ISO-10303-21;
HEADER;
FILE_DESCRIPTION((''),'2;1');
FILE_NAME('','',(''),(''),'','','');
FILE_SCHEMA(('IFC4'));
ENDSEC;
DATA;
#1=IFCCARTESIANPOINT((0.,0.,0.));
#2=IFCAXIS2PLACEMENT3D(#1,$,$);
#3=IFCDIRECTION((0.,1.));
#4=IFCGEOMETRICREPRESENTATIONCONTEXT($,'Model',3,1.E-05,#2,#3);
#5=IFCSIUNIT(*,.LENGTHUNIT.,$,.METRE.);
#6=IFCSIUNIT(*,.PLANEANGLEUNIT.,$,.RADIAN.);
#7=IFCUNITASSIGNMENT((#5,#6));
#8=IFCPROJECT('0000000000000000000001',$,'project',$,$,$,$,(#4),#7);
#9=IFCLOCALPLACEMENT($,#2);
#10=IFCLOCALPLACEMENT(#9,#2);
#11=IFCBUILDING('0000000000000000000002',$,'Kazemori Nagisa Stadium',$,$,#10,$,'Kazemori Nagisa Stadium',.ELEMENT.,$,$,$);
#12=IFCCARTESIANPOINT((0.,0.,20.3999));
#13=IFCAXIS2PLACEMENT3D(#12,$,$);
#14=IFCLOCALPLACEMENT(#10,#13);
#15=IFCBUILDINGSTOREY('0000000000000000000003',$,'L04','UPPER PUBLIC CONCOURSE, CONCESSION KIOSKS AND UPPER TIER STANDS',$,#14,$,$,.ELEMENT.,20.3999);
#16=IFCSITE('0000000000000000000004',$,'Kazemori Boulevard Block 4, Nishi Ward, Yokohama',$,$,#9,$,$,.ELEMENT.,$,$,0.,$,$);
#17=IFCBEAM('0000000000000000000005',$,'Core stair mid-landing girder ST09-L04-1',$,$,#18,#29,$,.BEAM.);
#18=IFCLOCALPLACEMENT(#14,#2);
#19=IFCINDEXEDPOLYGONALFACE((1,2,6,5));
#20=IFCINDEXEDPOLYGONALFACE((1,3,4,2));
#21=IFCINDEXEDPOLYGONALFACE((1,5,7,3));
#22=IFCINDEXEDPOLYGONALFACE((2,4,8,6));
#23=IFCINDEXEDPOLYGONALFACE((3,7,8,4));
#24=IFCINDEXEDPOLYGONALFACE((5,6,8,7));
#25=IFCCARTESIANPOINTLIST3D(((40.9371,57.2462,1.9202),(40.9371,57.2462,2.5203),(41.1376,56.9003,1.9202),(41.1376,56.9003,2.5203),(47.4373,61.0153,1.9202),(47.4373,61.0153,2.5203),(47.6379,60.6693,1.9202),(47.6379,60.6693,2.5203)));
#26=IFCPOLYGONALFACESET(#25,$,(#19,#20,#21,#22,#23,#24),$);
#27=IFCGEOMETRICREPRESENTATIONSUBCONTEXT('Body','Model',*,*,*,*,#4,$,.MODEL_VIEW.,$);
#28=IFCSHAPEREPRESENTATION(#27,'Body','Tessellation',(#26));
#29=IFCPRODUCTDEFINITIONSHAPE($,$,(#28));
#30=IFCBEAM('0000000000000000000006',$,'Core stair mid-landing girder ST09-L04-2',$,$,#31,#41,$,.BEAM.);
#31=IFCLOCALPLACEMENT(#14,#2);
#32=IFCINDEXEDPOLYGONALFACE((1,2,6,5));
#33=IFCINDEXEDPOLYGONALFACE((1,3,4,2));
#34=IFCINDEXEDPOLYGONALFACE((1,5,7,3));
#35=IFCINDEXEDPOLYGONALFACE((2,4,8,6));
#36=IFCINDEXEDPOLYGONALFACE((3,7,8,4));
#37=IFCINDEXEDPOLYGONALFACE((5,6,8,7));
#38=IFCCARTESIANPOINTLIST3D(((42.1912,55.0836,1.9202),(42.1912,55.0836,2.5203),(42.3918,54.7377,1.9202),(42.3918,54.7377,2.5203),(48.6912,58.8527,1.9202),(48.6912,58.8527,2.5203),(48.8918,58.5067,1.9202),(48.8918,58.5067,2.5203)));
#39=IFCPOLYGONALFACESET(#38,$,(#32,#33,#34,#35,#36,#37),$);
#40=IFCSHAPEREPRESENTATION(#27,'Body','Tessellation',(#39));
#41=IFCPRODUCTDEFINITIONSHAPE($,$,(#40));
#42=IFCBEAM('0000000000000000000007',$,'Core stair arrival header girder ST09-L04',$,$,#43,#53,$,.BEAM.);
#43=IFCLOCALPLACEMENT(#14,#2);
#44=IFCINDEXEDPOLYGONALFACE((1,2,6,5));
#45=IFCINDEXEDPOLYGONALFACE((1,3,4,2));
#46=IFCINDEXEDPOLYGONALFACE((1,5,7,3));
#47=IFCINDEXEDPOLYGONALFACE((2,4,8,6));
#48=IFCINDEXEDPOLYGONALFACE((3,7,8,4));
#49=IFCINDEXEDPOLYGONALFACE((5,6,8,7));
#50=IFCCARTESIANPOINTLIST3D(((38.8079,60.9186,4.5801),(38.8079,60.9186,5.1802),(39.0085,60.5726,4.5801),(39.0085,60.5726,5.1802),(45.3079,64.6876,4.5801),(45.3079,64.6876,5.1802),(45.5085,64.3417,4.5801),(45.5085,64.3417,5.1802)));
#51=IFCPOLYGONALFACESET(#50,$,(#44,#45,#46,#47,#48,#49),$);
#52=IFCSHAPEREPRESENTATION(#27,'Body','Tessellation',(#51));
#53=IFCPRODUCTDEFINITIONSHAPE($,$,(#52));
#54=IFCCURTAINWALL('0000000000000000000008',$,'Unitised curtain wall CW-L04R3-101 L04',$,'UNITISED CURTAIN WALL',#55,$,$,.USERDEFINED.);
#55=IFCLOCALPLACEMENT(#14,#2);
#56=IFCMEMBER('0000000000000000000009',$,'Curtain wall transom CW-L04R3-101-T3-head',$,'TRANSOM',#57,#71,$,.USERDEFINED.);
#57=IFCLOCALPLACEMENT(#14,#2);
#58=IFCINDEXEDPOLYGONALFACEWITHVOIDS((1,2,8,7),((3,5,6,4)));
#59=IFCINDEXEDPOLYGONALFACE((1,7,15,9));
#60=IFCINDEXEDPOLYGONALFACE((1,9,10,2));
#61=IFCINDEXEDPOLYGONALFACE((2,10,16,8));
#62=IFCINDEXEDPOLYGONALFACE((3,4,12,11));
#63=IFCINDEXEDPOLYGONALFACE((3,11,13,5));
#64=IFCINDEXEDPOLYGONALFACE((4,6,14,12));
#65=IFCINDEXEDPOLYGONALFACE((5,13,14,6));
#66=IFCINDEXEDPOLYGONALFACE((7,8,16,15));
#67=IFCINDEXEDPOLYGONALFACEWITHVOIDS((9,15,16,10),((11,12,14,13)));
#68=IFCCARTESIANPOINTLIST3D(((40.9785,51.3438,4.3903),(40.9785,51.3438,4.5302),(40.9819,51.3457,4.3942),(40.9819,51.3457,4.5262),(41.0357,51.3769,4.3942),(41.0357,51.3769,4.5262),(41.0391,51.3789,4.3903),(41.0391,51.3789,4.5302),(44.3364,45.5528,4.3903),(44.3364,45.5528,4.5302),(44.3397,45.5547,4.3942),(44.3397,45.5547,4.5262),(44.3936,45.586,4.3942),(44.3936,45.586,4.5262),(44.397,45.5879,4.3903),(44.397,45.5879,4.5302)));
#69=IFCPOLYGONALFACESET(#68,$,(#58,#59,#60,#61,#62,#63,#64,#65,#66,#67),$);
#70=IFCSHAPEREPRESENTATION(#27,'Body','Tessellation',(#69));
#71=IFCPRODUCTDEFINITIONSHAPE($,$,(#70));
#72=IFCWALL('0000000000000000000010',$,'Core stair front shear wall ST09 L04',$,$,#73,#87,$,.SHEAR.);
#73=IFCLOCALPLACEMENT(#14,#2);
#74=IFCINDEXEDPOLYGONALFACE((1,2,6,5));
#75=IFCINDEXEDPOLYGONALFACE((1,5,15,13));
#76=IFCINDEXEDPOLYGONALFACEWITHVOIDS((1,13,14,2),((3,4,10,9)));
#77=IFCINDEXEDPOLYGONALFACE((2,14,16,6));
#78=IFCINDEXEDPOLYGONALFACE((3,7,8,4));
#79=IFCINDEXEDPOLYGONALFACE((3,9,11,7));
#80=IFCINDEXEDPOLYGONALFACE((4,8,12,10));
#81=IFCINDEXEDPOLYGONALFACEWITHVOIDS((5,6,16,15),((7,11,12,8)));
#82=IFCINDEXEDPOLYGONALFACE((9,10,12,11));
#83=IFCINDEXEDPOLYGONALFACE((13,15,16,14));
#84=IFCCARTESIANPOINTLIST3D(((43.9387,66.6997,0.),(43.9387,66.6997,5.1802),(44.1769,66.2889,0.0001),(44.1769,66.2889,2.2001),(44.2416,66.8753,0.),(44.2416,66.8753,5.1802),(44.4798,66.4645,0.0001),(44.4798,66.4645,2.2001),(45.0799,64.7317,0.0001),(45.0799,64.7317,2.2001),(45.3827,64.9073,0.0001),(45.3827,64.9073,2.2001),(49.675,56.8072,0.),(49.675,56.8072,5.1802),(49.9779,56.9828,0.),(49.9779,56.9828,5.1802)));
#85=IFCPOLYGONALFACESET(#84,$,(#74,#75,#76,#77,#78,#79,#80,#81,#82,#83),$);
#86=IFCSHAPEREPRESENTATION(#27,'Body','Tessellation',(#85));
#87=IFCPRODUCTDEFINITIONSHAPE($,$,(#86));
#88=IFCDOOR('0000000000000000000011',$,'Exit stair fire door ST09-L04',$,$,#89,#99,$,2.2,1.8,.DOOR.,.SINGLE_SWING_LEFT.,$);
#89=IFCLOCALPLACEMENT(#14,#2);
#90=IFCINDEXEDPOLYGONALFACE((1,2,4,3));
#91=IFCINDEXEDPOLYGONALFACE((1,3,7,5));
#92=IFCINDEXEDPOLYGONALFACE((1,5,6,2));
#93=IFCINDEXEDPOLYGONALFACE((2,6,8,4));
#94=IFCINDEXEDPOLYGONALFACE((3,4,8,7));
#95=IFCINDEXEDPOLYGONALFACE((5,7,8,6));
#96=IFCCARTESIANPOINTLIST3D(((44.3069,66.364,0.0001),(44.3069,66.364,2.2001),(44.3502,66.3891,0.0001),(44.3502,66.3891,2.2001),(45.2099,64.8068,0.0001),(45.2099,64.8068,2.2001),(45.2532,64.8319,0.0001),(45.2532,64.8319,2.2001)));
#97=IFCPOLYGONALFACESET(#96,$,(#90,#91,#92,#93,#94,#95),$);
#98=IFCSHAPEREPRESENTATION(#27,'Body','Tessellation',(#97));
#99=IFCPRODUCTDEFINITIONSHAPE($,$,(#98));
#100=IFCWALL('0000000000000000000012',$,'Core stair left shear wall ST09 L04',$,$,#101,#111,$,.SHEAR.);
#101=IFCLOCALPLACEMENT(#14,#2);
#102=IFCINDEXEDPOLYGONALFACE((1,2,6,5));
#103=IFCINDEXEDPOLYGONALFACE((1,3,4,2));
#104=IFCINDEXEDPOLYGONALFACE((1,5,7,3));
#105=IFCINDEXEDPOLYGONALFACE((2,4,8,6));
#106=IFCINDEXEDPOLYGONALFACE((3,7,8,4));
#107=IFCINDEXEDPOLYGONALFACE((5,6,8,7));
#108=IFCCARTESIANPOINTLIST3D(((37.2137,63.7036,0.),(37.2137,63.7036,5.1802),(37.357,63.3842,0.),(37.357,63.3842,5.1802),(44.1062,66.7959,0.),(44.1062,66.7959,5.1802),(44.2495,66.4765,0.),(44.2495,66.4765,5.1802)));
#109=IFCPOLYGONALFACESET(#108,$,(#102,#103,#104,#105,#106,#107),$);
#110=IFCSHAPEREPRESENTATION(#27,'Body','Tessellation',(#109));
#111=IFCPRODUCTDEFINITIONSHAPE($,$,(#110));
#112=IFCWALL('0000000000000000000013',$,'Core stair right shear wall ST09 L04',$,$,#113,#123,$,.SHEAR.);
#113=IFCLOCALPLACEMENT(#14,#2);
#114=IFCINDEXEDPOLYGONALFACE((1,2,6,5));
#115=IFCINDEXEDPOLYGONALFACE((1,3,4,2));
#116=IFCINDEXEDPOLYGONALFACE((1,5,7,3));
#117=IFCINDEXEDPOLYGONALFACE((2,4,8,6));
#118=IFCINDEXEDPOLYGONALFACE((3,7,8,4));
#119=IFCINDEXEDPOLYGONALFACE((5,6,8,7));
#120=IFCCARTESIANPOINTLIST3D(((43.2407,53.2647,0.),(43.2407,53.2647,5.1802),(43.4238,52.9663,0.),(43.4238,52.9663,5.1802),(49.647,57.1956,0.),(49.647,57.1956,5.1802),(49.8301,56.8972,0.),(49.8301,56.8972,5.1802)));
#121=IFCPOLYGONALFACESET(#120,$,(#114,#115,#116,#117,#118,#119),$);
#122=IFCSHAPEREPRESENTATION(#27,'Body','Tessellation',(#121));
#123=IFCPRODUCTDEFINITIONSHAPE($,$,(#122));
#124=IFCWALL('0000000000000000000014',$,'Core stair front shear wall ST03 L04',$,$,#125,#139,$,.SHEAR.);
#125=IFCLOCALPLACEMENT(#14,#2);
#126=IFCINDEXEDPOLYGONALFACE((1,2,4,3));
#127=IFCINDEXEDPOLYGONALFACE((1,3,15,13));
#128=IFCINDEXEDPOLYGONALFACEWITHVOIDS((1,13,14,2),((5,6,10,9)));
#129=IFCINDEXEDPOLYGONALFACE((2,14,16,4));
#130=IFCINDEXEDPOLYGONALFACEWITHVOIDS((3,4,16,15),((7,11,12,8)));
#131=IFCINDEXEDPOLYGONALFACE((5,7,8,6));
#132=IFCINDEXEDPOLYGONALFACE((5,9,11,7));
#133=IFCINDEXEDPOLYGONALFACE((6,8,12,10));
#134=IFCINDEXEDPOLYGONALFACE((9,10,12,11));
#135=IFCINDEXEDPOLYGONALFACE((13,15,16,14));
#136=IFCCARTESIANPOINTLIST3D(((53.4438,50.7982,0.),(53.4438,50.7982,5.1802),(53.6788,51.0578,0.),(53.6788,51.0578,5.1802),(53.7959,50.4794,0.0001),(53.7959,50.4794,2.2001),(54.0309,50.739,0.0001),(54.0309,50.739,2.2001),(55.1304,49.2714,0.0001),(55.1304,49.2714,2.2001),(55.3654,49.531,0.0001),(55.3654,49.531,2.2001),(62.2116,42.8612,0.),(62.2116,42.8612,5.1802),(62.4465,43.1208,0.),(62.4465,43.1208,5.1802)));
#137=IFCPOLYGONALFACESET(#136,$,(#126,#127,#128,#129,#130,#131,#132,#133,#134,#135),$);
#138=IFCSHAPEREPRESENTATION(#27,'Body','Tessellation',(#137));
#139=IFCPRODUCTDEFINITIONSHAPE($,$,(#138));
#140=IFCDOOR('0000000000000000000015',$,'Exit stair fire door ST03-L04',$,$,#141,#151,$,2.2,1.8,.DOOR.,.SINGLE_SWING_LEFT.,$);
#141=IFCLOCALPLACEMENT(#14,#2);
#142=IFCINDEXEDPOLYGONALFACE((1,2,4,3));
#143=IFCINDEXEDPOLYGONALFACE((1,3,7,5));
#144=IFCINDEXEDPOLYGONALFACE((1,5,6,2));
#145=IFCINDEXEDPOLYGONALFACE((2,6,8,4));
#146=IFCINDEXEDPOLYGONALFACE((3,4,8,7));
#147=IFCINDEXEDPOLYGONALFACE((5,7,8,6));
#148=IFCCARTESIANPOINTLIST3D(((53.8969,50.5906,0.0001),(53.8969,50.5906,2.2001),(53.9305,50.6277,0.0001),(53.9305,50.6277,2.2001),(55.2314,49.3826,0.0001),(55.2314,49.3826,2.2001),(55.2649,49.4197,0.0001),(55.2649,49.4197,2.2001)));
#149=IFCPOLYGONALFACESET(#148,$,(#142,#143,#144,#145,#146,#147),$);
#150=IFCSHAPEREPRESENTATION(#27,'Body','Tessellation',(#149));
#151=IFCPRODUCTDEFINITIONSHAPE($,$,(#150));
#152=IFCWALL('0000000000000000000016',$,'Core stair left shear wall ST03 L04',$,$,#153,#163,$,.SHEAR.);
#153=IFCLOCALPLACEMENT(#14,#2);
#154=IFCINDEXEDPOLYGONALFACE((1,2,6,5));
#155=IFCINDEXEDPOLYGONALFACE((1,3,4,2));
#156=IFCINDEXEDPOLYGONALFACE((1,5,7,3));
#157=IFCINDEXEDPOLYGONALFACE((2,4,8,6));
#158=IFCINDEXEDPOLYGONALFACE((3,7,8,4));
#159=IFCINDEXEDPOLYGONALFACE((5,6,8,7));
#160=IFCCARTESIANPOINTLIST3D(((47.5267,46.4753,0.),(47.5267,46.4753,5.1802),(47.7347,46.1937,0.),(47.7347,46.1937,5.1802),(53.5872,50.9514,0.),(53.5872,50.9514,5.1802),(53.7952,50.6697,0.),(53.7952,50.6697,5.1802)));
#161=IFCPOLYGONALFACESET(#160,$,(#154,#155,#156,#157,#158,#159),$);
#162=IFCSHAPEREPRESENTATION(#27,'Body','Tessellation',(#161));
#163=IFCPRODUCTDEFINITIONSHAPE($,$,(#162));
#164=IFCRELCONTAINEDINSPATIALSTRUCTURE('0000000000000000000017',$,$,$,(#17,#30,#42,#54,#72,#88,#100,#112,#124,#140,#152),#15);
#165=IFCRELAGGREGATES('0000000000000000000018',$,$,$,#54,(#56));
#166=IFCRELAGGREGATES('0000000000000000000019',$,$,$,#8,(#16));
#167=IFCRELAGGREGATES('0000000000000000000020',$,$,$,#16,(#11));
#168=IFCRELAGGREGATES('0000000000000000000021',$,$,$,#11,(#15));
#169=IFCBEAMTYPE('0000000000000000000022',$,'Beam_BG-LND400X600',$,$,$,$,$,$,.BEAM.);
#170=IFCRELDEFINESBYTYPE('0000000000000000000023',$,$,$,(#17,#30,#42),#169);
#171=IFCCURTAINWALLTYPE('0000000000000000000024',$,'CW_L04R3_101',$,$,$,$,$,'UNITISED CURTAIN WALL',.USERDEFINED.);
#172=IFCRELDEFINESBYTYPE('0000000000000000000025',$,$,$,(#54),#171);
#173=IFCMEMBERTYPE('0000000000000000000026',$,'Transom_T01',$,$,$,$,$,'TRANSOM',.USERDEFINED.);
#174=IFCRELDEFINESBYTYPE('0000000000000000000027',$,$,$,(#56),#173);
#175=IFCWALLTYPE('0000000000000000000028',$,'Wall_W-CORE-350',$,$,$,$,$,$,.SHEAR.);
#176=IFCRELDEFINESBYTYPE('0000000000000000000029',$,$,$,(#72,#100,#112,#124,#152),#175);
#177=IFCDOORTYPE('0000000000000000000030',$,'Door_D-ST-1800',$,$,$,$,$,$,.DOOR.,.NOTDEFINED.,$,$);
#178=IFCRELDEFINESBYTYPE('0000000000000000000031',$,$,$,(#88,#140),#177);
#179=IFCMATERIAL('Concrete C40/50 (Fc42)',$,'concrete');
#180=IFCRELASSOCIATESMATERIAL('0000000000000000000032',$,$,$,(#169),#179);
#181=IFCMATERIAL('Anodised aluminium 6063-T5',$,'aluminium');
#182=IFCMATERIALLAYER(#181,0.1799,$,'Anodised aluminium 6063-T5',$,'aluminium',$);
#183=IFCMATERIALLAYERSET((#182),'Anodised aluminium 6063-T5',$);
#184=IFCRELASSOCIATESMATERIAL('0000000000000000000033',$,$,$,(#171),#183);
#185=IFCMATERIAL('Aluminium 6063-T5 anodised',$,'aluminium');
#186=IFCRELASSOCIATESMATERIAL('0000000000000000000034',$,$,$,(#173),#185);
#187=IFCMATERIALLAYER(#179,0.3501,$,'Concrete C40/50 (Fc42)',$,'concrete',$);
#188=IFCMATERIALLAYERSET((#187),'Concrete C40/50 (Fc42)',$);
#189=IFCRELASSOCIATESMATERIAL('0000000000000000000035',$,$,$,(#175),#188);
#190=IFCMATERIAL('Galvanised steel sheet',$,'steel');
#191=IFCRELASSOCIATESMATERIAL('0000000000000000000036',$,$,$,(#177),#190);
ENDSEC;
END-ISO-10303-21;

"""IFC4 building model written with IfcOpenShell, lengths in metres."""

from ifc_helpers import new_model, si_unit, direction, frame, frame_2d, origin, origin_2d, place, context, subcontext, project, spatial, rectangle, hollow_rectangle, extrude, material, layer, layer_set, material_profile, profile_set, type_object, element, fill, aggregate, save


model = new_model("IFC4")

# Units and contexts
model_context = context("Model", 3, precision=1e-05, world=origin(), true_north=direction((0.0, 1.0)))
body_context = subcontext(model_context, "Body", "Model", "MODEL_VIEW")
ifc_project = project(units=[si_unit("LENGTHUNIT", "METRE"), si_unit("PLANEANGLEUNIT", "RADIAN")], contexts=[model_context])

# Site, building, storey
site_placement = place(None, origin())
site = spatial("IfcSite", under=ifc_project, at=site_placement, Name="Kazemori Boulevard Block 4, Nishi Ward, Yokohama", CompositionType="ELEMENT", RefElevation=0.0)
building_placement = place(site_placement, origin())
building = spatial("IfcBuilding", under=site, at=building_placement, Name="Kazemori Nagisa Stadium", LongName="Kazemori Nagisa Stadium", CompositionType="ELEMENT")
storey_placement = place(building_placement, frame((0.0, 0.0, 20.3999)))
storey = spatial("IfcBuildingStorey", under=building, at=storey_placement, Name="L04", Description="UPPER PUBLIC CONCOURSE, CONCESSION KIOSKS AND UPPER TIER STANDS", CompositionType="ELEMENT", Elevation=20.3999)

# Beams
ifc_material_1 = material(Name="Concrete C40/50 (Fc42)", Category="concrete")
ifc_material_profile_1 = material_profile(ifc_material_1, rectangle(XDim=0.3999, YDim=0.6001, at=origin_2d()), Name="RC-BM-400x600")
ifc_profile_set_1 = profile_set([ifc_material_profile_1], Name="Concrete C40/50 (Fc42)")
beam_type = type_object("IfcBeamType", Name="Beam_BG-LND400X600", PredefinedType="BEAM", material=ifc_profile_set_1)
beam_placement = place(storey_placement, frame((47.5376, 60.8423, 2.2202), z_axis=(-0.865095, -0.501609, 0.0), x_axis=(0.501609, -0.865095, 0.0)))
element("IfcBeam", 1, at=beam_placement, inside=storey, type_object=beam_type, Name="Core stair mid-landing girder ST09-L04-1", PredefinedType="BEAM", context=body_context, shape_type="SweptSolid", body=[
    extrude(rectangle(XDim=0.3999, YDim=0.6001, at=origin_2d()), origin(), (0.0, 0.0, 1.0), 7.5139),
])
for number, where, z_axis, x_axis, name in (
    (2, (48.7915, 58.6797, 2.2202), (-0.865086, -0.501623, 0.0), (0.501623, -0.865086, 0.0), "Core stair mid-landing girder ST09-L04-2"),
    (3, (45.4082, 64.5146, 4.8801), (-0.865086, -0.501623, 0.0), (0.501623, -0.865086, 0.0), "Core stair arrival header girder ST09-L04"),
):
    element("IfcBeam", number, at=place(storey_placement, frame(where, z_axis=z_axis, x_axis=x_axis)), inside=storey, type_object=beam_type, Name=name, PredefinedType="BEAM", context=body_context, shape_type="SweptSolid", body=[
        extrude(rectangle(XDim=0.3999, YDim=0.6001, at=origin_2d()), origin(), (0.0, 0.0, 1.0), 7.5137),
    ])

# Curtain wall, member
ifc_material_2 = material(Name="Anodised aluminium 6063-T5", Category="aluminium")
ifc_layer_1 = layer(ifc_material_2, 0.1799, Name="Anodised aluminium 6063-T5", Category="aluminium")
ifc_layer_set_1 = layer_set([ifc_layer_1], Name="Anodised aluminium 6063-T5")
curtain_wall_type = type_object("IfcCurtainWallType", Name="CW_L04R3_101", ElementType="UNITISED CURTAIN WALL", PredefinedType="USERDEFINED", material=ifc_layer_set_1)
curtain_wall_placement = place(storey_placement, origin())
curtain_wall = element("IfcCurtainWall", 4, at=curtain_wall_placement, inside=storey, type_object=curtain_wall_type, Name="Unitised curtain wall CW-L04R3-101 L04", ObjectType="UNITISED CURTAIN WALL", PredefinedType="USERDEFINED")
ifc_material_3 = material(Name="Aluminium 6063-T5 anodised", Category="aluminium")
ifc_material_profile_2 = material_profile(ifc_material_3, hollow_rectangle(XDim=0.0701, YDim=0.1399, WallThickness=0.0039, at=origin_2d()), Name="ALU-TRAN-70x140x4")
ifc_profile_set_2 = profile_set([ifc_material_profile_2], Name="Aluminium 6063-T5 anodised")
member_type = type_object("IfcMemberType", Name="Transom_T01", ElementType="TRANSOM", PredefinedType="USERDEFINED", material=ifc_profile_set_2)
member_placement = place(storey_placement, frame((41.0088, 51.3613, 4.4602), z_axis=(0.50162, -0.865088, 0.0), x_axis=(0.865088, 0.50162, 0.0)))
member = element("IfcMember", 5, at=member_placement, type_object=member_type, Name="Curtain wall transom CW-L04R3-101-T3-head", ObjectType="TRANSOM", PredefinedType="USERDEFINED", context=body_context, shape_type="SweptSolid", body=[
    extrude(hollow_rectangle(XDim=0.0701, YDim=0.1399, WallThickness=0.0039, at=origin_2d()), origin(), (0.0, 0.0, 1.0), 6.6941),
])
aggregate(curtain_wall, [member])

# Wall, opening, door
ifc_layer_2 = layer(ifc_material_1, 0.3501, Name="Concrete C40/50 (Fc42)", Category="concrete")
ifc_layer_set_2 = layer_set([ifc_layer_2], Name="Concrete C40/50 (Fc42)")
wall_type_1 = type_object("IfcWallType", Name="Wall_W-CORE-350", PredefinedType="SHEAR", material=ifc_layer_set_2)
wall_1_placement = place(storey_placement, frame((44.0901, 66.7876, 0.0), z_axis=(0.0, 0.0, 1.0), x_axis=(0.501629, -0.865083, 0.0)))
wall_1 = element("IfcWall", 6, at=wall_1_placement, inside=storey, type_object=wall_type_1, Name="Core stair front shear wall ST09 L04", PredefinedType="SHEAR", context=body_context, shape_type="SweptSolid", body=[
    extrude(rectangle(XDim=11.4353, YDim=0.3501, at=frame_2d((5.7178, 0.0))), origin(), (0.0, 0.0, 1.0), 5.1802),
])
opening_1_placement = place(wall_1_placement, frame((0.4751, 0.0, 0.0)))
opening_1 = element("IfcOpeningElement", 7, at=opening_1_placement, cuts=wall_1, PredefinedType="OPENING", context=body_context, shape_type="SweptSolid", body=[
    extrude(rectangle(XDim=1.8, YDim=2.2, at=frame_2d((0.8999, 1.1001))), frame((0.0, 0.1851, 0.0), z_axis=(0.0, -1.0, 0.0), x_axis=(1.0, 0.0, 0.0)), (0.0, 0.0, 1.0), 0.3701),
])
ifc_material_4 = material(Name="Galvanised steel sheet", Category="steel")
door_type_1 = type_object("IfcDoorType", Name="Door_D-ST-1800", OperationType="NOTDEFINED", PredefinedType="DOOR", material=ifc_material_4)
door_1_placement = place(opening_1_placement, frame((1.8, 0.0, 0.0), z_axis=(0.0, 0.0, 1.0), x_axis=(-1.0, 0.0, 0.0)))
door_1 = element("IfcDoor", 8, at=door_1_placement, inside=storey, type_object=door_type_1, Name="Exit stair fire door ST09-L04", OperationType="SINGLE_SWING_LEFT", OverallHeight=2.2, OverallWidth=1.8, PredefinedType="DOOR", context=body_context, shape_type="SweptSolid", body=[
    extrude(rectangle(XDim=1.8, YDim=2.2, at=frame_2d((0.8999, 1.1001))), frame((0.0, 0.0249, 0.0), z_axis=(0.0, -1.0, 0.0), x_axis=(1.0, 0.0, 0.0)), (0.0, 0.0, 1.0), 0.05),
])
fill(opening_1, door_1)

# Walls
wall_2_placement = place(storey_placement, frame((44.178, 66.6362, 0.0), z_axis=(0.0, 0.0, 1.0), x_axis=(-0.912385, -0.409332, 0.0)))
element("IfcWall", 9, at=wall_2_placement, inside=storey, type_object=wall_type_1, Name="Core stair left shear wall ST09 L04", PredefinedType="SHEAR", context=body_context, shape_type="SweptSolid", body=[
    extrude(rectangle(XDim=7.5544, YDim=0.3501, at=frame_2d((3.7773, 0.0))), origin(), (0.0, 0.0, 1.0), 5.1802),
])
wall_3_placement = place(storey_placement, frame((49.7385, 57.0464, 0.0), z_axis=(0.0, 0.0, 1.0), x_axis=(-0.852335, -0.522997, 0.0)))
element("IfcWall", 10, at=wall_3_placement, inside=storey, type_object=wall_type_1, Name="Core stair right shear wall ST09 L04", PredefinedType="SHEAR", context=body_context, shape_type="SweptSolid", body=[
    extrude(rectangle(XDim=7.5161, YDim=0.3501, at=frame_2d((3.7581, 0.0))), origin(), (0.0, 0.0, 1.0), 5.1802),
])

# Wall, opening, door
wall_4_placement = place(storey_placement, frame((53.5613, 50.928, 0.0), z_axis=(0.0, 0.0, 1.0), x_axis=(0.741358, -0.67111, 0.0)))
wall_4 = element("IfcWall", 11, at=wall_4_placement, inside=storey, type_object=wall_type_1, Name="Core stair front shear wall ST03 L04", PredefinedType="SHEAR", context=body_context, shape_type="SweptSolid", body=[
    extrude(rectangle(XDim=11.8267, YDim=0.3501, at=frame_2d((5.9133, 0.0))), origin(), (0.0, 0.0, 1.0), 5.1802),
])
opening_2_placement = place(wall_4_placement, frame((0.4751, 0.0, 0.0)))
opening_2 = element("IfcOpeningElement", 12, at=opening_2_placement, cuts=wall_4, PredefinedType="OPENING", context=body_context, shape_type="SweptSolid", body=[
    extrude(rectangle(XDim=1.8, YDim=2.2, at=frame_2d((0.8999, 1.1001))), frame((0.0, 0.1851, 0.0), z_axis=(0.0, -1.0, 0.0), x_axis=(1.0, 0.0, 0.0)), (0.0, 0.0, 1.0), 0.3701),
])
door_2_placement = place(opening_2_placement, frame((1.8, 0.0, 0.0), z_axis=(0.0, 0.0, 1.0), x_axis=(-1.0, 0.0, 0.0)))
door_2 = element("IfcDoor", 13, at=door_2_placement, inside=storey, type_object=door_type_1, Name="Exit stair fire door ST03-L04", OperationType="SINGLE_SWING_LEFT", OverallHeight=2.2, OverallWidth=1.8, PredefinedType="DOOR", context=body_context, shape_type="SweptSolid", body=[
    extrude(rectangle(XDim=1.8, YDim=2.2, at=frame_2d((0.8999, 1.1001))), frame((0.0, 0.0249, 0.0), z_axis=(0.0, -1.0, 0.0), x_axis=(1.0, 0.0, 0.0)), (0.0, 0.0, 1.0), 0.05),
])
fill(opening_2, door_2)

# Wall
wall_5_placement = place(storey_placement, frame((53.6912, 50.8105, 0.0), z_axis=(0.0, 0.0, 1.0), x_axis=(-0.804396, -0.594094, 0.0)))
element("IfcWall", 14, at=wall_5_placement, inside=storey, type_object=wall_type_1, Name="Core stair left shear wall ST03 L04", PredefinedType="SHEAR", context=body_context, shape_type="SweptSolid", body=[
    extrude(rectangle(XDim=7.5342, YDim=0.3501, at=frame_2d((3.7671, 0.0))), origin(), (0.0, 0.0, 1.0), 5.1802),
])

save(model, "model.ifc")
